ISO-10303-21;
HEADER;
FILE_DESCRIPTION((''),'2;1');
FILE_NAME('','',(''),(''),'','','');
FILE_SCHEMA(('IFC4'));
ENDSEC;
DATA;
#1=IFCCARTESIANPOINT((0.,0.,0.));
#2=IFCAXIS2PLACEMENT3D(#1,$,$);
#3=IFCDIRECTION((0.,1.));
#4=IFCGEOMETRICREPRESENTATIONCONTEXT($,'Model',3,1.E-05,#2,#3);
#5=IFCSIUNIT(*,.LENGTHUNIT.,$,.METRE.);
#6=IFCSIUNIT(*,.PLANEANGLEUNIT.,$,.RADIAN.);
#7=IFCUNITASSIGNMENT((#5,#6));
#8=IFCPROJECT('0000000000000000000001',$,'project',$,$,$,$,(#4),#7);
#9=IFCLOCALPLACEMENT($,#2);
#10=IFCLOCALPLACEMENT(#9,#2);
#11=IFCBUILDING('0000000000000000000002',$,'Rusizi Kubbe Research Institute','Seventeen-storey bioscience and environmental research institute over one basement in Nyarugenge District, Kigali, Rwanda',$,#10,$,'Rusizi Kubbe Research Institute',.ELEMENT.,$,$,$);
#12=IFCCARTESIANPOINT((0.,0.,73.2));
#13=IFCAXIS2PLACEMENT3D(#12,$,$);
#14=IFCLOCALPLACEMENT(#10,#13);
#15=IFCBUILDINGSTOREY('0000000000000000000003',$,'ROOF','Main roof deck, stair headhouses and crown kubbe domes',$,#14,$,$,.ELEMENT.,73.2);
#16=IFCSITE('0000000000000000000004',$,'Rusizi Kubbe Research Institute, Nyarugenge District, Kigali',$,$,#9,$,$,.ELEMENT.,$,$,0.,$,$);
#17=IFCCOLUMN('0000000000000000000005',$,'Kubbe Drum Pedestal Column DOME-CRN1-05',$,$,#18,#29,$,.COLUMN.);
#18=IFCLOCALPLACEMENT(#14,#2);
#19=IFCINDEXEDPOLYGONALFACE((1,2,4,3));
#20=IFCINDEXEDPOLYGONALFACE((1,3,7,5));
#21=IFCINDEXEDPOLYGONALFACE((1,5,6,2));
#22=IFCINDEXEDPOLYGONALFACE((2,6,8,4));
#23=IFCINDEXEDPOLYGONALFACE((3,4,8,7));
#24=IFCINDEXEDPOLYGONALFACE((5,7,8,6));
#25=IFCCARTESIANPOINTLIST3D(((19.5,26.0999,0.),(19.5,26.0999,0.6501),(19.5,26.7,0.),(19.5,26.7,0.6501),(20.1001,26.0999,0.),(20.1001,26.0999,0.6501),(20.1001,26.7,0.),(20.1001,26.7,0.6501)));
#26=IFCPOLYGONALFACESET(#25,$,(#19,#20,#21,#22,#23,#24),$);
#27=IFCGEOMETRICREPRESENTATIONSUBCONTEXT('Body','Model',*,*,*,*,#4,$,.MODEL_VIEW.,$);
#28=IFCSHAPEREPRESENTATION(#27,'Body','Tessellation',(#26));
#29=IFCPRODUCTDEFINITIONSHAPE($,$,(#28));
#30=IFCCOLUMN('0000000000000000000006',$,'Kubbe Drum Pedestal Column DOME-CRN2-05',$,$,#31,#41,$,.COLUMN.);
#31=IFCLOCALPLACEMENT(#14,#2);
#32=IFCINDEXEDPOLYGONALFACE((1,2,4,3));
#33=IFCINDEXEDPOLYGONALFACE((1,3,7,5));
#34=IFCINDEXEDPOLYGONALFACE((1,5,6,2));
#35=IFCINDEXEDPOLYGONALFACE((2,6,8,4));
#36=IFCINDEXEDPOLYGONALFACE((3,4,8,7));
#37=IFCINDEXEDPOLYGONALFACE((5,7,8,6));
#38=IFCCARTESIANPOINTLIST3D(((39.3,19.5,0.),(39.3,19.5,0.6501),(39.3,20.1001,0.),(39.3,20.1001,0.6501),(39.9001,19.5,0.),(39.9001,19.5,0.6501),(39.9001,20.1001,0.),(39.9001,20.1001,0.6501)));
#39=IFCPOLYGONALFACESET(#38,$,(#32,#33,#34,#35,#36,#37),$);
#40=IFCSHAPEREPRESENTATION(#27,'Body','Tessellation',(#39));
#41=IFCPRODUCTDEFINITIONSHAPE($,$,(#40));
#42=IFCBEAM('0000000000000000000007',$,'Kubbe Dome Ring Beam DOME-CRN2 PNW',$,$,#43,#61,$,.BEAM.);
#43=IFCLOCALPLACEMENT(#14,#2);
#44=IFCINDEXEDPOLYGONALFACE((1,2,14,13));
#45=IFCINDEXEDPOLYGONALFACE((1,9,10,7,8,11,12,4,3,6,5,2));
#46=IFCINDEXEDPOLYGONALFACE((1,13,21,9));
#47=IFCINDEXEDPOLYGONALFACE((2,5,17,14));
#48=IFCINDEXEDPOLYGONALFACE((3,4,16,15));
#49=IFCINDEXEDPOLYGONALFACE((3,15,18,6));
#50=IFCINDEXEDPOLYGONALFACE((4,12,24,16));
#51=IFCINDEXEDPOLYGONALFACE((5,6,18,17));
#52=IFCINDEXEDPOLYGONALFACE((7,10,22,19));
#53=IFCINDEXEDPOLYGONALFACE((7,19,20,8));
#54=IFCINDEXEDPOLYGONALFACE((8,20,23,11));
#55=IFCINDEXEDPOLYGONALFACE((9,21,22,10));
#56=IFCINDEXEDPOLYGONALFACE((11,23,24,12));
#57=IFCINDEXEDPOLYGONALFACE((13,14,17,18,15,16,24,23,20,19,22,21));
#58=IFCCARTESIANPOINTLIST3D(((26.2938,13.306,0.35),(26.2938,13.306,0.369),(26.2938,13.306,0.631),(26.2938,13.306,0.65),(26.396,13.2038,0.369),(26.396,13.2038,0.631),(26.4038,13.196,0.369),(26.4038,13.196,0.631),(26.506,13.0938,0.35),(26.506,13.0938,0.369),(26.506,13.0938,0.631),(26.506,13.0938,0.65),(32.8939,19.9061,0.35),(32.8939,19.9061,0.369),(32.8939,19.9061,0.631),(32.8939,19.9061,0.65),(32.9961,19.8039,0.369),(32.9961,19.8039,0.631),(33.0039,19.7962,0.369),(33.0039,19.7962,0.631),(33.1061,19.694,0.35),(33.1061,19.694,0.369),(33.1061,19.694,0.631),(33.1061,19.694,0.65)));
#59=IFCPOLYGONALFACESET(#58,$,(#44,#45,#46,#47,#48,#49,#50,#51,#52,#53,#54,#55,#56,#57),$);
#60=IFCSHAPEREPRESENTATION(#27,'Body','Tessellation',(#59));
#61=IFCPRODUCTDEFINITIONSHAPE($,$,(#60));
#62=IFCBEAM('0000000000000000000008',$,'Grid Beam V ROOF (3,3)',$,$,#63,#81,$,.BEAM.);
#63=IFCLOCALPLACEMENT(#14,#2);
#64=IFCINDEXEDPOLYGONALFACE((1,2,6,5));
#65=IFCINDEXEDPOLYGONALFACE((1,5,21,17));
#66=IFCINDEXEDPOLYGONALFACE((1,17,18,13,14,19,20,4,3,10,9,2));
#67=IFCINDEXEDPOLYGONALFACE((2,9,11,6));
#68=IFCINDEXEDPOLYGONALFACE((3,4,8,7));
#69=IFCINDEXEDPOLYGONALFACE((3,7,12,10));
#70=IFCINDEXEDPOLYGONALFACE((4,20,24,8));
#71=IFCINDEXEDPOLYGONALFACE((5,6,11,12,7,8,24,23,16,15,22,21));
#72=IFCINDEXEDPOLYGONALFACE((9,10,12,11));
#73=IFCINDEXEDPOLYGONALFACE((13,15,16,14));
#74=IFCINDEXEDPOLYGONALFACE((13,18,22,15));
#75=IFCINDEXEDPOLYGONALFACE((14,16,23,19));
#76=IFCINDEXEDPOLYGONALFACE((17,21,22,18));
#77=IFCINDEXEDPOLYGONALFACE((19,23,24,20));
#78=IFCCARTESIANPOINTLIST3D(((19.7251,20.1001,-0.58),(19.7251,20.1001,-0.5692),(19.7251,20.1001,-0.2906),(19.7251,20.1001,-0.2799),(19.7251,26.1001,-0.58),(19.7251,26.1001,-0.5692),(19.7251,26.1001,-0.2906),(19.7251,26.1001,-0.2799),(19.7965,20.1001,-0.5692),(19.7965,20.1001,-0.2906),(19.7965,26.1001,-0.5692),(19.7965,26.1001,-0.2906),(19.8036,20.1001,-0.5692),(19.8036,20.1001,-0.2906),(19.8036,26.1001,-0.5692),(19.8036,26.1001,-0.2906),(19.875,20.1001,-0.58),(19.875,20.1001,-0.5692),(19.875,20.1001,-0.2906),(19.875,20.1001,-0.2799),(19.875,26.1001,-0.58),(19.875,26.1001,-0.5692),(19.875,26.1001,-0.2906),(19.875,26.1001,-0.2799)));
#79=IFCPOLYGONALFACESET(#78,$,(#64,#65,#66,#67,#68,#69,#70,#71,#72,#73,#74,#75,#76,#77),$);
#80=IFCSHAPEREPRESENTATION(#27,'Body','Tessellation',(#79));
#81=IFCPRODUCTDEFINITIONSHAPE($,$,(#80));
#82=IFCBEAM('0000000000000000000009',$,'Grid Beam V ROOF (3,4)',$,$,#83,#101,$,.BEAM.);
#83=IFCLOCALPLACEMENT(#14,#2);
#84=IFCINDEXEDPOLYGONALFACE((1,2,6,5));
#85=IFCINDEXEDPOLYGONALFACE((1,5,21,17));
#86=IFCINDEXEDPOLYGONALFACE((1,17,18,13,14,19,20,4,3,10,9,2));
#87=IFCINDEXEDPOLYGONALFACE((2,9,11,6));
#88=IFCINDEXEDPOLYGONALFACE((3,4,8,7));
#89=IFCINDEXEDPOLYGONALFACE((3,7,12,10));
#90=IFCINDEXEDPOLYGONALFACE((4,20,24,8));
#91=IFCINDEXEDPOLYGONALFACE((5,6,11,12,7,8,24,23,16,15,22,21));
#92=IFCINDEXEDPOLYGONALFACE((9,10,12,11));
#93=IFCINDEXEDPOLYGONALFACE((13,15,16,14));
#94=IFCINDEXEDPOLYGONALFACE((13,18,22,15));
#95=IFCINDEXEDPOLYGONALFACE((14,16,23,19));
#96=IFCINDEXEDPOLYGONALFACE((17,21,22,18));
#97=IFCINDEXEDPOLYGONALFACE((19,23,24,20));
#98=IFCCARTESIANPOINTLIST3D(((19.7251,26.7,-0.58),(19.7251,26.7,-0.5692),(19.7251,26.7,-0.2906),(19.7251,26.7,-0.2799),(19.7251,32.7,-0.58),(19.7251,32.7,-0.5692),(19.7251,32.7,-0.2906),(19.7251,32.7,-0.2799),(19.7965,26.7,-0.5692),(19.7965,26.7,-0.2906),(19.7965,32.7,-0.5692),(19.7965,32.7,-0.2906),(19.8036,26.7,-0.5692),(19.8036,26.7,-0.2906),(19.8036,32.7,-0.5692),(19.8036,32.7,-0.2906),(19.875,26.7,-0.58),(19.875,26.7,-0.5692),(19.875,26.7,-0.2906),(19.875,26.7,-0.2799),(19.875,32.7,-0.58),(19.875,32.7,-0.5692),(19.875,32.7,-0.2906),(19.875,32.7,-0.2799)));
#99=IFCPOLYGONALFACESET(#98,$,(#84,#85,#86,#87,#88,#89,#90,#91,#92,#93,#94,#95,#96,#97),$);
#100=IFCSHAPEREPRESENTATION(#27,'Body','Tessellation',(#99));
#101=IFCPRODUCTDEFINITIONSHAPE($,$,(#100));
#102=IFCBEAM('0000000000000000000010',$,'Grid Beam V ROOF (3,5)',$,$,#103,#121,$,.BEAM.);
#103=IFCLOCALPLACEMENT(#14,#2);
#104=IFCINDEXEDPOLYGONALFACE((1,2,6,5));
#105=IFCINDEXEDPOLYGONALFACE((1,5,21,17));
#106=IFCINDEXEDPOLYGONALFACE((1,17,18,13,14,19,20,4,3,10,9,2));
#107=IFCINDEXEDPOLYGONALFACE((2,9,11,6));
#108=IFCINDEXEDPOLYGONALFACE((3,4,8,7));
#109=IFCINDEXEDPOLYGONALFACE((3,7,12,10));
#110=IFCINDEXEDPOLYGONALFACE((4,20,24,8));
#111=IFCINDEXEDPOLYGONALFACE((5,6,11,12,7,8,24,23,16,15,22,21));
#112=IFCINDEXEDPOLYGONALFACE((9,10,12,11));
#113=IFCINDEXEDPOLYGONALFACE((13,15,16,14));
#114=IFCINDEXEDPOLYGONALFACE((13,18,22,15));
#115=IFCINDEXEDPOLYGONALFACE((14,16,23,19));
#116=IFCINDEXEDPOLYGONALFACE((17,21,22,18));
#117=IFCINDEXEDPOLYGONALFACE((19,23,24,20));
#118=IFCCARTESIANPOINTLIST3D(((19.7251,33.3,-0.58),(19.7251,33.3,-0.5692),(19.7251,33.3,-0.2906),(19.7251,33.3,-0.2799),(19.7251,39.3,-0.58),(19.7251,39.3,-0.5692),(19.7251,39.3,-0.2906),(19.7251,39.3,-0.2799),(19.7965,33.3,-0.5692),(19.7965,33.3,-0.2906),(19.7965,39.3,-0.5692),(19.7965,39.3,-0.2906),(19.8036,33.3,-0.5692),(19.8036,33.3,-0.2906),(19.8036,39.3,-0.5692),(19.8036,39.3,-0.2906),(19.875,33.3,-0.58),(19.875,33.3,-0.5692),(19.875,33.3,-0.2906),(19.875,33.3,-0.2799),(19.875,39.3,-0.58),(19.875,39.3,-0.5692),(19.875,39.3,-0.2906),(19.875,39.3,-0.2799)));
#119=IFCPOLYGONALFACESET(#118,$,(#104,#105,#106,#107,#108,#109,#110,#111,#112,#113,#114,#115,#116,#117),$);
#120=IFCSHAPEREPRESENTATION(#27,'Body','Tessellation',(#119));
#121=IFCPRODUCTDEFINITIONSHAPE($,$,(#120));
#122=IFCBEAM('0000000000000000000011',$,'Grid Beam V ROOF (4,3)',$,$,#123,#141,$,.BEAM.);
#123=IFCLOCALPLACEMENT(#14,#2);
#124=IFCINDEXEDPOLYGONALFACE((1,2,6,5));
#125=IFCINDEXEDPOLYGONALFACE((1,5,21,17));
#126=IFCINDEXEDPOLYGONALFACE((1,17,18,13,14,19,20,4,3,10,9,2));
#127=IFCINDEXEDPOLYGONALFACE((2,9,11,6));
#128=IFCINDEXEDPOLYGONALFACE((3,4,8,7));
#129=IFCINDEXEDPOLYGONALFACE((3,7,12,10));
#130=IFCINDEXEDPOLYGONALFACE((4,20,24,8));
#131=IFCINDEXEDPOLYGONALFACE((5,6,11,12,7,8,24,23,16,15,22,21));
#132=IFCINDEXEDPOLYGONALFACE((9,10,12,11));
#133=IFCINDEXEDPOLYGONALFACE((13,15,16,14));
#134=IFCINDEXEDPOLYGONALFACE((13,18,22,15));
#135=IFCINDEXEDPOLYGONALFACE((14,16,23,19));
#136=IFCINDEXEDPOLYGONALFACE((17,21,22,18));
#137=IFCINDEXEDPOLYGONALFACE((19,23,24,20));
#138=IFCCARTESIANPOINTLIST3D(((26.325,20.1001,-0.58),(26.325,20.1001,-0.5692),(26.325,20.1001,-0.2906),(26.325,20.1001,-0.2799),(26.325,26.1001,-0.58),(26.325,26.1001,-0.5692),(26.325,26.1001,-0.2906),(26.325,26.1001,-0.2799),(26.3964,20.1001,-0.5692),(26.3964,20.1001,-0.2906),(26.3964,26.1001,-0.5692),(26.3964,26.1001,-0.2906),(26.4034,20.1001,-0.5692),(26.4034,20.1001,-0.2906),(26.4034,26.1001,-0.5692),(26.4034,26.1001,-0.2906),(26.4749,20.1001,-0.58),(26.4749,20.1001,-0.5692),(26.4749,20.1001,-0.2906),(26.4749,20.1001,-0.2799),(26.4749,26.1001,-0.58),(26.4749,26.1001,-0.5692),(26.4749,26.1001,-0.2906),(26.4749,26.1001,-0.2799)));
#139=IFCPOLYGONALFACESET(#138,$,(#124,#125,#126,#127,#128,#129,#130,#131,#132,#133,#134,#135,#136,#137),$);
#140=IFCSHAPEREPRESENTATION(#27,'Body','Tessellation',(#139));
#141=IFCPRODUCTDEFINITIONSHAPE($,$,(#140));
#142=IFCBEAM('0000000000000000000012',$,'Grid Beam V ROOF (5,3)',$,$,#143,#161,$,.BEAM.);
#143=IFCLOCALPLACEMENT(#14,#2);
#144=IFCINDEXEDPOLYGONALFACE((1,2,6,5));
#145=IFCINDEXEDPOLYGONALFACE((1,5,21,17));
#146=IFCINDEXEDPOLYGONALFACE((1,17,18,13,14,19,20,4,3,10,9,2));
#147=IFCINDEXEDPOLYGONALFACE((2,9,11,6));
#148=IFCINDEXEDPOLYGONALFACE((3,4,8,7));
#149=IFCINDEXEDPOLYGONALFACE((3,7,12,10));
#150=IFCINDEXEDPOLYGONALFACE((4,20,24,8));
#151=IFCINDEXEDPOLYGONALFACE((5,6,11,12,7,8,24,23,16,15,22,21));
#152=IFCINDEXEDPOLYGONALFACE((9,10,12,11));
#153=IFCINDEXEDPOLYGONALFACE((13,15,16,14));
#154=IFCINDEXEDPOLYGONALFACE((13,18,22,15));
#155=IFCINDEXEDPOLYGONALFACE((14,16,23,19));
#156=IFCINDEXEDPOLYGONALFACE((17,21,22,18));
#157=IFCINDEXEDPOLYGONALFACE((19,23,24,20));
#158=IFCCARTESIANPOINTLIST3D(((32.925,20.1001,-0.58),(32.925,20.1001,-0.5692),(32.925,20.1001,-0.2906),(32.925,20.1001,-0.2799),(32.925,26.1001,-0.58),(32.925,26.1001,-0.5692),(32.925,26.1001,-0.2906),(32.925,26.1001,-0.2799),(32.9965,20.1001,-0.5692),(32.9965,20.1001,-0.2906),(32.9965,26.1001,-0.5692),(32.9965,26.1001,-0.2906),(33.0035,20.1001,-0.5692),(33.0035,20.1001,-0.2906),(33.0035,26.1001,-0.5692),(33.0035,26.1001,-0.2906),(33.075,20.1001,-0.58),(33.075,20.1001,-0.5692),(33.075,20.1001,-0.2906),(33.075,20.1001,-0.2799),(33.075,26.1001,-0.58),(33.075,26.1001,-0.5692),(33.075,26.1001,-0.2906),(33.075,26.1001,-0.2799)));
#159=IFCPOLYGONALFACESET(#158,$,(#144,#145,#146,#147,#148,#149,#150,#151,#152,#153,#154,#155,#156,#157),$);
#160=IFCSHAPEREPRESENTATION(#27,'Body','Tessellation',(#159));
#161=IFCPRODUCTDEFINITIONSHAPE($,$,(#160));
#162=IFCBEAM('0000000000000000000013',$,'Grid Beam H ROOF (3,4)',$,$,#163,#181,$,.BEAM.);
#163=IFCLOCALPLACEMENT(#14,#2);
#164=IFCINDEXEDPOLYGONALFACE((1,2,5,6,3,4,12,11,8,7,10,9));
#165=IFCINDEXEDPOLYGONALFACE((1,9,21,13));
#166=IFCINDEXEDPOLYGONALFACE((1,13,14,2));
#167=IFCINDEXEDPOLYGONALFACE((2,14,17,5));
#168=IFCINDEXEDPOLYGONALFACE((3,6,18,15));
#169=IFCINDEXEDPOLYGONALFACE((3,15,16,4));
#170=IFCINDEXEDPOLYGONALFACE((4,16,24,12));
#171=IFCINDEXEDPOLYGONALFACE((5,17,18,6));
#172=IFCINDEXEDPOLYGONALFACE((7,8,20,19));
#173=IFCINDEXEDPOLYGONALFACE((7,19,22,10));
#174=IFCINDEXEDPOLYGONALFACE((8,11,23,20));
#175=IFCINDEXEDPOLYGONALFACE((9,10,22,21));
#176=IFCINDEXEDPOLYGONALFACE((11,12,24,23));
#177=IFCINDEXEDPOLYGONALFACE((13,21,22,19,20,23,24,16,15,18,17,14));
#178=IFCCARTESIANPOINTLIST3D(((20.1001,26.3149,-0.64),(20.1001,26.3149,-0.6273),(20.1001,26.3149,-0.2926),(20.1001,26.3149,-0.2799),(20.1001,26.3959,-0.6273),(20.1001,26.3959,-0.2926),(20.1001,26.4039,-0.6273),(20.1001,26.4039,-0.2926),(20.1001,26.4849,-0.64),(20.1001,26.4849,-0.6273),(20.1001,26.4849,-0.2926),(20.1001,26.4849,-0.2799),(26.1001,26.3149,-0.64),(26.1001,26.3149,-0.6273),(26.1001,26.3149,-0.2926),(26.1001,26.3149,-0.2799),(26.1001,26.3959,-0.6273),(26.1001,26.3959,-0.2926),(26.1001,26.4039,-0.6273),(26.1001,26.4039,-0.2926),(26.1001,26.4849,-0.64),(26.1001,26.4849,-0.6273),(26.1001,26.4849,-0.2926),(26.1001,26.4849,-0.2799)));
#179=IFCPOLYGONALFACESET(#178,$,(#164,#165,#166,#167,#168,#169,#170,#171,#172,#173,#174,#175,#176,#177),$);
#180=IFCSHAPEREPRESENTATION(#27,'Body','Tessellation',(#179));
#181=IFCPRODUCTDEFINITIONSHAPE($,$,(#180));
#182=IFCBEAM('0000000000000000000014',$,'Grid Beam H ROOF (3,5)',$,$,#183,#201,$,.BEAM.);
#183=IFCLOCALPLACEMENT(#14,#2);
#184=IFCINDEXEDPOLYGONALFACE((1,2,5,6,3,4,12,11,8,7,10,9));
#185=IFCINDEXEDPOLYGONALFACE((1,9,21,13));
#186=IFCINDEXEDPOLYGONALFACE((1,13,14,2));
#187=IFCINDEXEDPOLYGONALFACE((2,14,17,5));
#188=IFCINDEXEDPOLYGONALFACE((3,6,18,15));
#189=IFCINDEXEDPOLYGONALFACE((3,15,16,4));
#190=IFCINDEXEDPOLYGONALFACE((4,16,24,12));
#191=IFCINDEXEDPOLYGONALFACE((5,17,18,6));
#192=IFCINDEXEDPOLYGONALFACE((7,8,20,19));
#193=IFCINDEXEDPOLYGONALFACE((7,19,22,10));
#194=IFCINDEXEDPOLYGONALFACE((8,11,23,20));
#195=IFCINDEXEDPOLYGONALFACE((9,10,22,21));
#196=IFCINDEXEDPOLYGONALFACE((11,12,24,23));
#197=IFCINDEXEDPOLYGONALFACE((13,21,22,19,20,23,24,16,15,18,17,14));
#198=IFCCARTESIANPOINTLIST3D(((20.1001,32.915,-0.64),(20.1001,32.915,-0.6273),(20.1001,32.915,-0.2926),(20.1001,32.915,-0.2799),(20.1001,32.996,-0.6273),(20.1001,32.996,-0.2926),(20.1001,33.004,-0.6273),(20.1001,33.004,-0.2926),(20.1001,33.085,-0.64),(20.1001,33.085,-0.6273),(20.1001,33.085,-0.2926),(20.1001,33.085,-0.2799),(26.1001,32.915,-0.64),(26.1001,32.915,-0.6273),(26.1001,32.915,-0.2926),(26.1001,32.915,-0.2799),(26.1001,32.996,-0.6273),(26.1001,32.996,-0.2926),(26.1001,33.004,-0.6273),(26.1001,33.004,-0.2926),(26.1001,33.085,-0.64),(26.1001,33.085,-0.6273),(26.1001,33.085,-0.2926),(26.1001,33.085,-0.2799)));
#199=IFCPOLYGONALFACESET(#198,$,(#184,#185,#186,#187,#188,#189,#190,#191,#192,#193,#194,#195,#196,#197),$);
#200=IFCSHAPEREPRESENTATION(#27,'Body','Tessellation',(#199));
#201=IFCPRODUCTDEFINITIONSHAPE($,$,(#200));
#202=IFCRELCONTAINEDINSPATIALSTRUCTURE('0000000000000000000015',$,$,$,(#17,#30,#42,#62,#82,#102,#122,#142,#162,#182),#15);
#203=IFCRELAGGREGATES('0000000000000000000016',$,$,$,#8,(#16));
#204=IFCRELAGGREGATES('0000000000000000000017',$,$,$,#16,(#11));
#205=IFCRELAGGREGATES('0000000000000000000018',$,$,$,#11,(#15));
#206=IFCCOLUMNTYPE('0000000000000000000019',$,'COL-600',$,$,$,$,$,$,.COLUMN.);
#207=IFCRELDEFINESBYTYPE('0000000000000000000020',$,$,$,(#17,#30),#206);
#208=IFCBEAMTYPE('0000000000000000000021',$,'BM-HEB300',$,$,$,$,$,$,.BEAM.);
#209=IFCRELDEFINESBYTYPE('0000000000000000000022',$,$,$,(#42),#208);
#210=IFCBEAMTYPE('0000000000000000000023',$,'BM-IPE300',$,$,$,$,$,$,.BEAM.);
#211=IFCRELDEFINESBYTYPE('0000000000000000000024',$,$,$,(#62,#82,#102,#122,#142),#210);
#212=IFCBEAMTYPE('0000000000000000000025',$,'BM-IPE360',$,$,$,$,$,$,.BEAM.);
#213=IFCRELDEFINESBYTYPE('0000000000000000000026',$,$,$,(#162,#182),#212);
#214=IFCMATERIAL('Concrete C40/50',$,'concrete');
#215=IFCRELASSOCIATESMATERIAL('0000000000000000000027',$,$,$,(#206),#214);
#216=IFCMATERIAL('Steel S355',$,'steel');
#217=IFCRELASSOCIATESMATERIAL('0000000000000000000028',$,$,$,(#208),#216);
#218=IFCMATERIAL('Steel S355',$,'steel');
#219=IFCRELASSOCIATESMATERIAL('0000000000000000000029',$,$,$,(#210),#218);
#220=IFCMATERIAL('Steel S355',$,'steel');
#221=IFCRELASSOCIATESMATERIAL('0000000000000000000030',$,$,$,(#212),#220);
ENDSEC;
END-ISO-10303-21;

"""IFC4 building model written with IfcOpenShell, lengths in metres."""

from ifc_helpers import new_model, si_unit, direction, frame, origin, origin_2d, place, context, subcontext, project, spatial, rectangle, i_section, extrude, material, material_profile, profile_set, type_object, element, save


model = new_model("IFC4")

# Units and contexts
model_context = context("Model", 3, precision=1e-05, world=origin(), true_north=direction((0.0, 1.0)))
body_context = subcontext(model_context, "Body", "Model", "MODEL_VIEW")
ifc_project = project(units=[si_unit("LENGTHUNIT", "METRE"), si_unit("PLANEANGLEUNIT", "RADIAN")], contexts=[model_context])

# Site, building, storey
site_placement = place(None, origin())
site = spatial("IfcSite", under=ifc_project, at=site_placement, Name="Rusizi Kubbe Research Institute, Nyarugenge District, Kigali", CompositionType="ELEMENT", RefElevation=0.0)
building_placement = place(site_placement, origin())
building = spatial("IfcBuilding", under=site, at=building_placement, Name="Rusizi Kubbe Research Institute", Description="Seventeen-storey bioscience and environmental research institute over one basement in Nyarugenge District, Kigali, Rwanda", LongName="Rusizi Kubbe Research Institute", CompositionType="ELEMENT")
storey_placement = place(building_placement, frame((0.0, 0.0, 73.2)))
storey = spatial("IfcBuildingStorey", under=building, at=storey_placement, Name="ROOF", Description="Main roof deck, stair headhouses and crown kubbe domes", CompositionType="ELEMENT", Elevation=73.2)

# Columns
ifc_material_1 = material(Name="Concrete C40/50", Category="concrete")
ifc_material_profile_1 = material_profile(ifc_material_1, rectangle(XDim=0.6001, YDim=0.6001, at=origin_2d()), Name="RC600x600")
ifc_profile_set_1 = profile_set([ifc_material_profile_1], Name="Concrete C40/50")
column_type = type_object("IfcColumnType", Name="COL-600", PredefinedType="COLUMN", material=ifc_profile_set_1)
for number, where, z_axis, x_axis, name in (
    (1, (19.8, 26.3999, 0.0), (0.0, 0.0, 1.0), (1.0, 0.0, 0.0), "Kubbe Drum Pedestal Column DOME-CRN1-05"),
    (2, (39.6001, 19.8, 0.0), (0.0, 0.0, 1.0), (1.0, 0.0, 0.0), "Kubbe Drum Pedestal Column DOME-CRN2-05"),
):
    element("IfcColumn", number, at=place(storey_placement, frame(where, z_axis=z_axis, x_axis=x_axis)), inside=storey, type_object=column_type, Name=name, PredefinedType="COLUMN", context=body_context, shape_type="SweptSolid", body=[
        extrude(rectangle(XDim=0.6001, YDim=0.6001, at=origin_2d()), origin(), (0.0, 0.0, 1.0), 0.6501),
    ])

# Beams
ifc_material_2 = material(Name="Steel S355", Category="steel")
ifc_material_profile_2 = material_profile(ifc_material_2, i_section(OverallWidth=0.3, OverallDepth=0.3, WebThickness=0.011, FlangeThickness=0.019, at=origin_2d()), Name="HEB 300")
ifc_profile_set_2 = profile_set([ifc_material_profile_2], Name="Steel S355")
beam_type_1 = type_object("IfcBeamType", Name="BM-HEB300", PredefinedType="BEAM", material=ifc_profile_set_2)
beam_placement = place(storey_placement, frame((33.0, 19.8, 0.5), z_axis=(-0.707107, -0.707107, 0.0), x_axis=(0.707107, -0.707107, 0.0)))
element("IfcBeam", 3, at=beam_placement, inside=storey, type_object=beam_type_1, Name="Kubbe Dome Ring Beam DOME-CRN2 PNW", PredefinedType="BEAM", context=body_context, shape_type="SweptSolid", body=[
    extrude(i_section(OverallWidth=0.3, OverallDepth=0.3, WebThickness=0.011, FlangeThickness=0.019, at=origin_2d()), origin(), (0.0, 0.0, 1.0), 9.334),
])
ifc_material_3 = material(Name="Steel S355", Category="steel")
ifc_material_profile_3 = material_profile(ifc_material_3, i_section(OverallWidth=0.1499, OverallDepth=0.3, WebThickness=0.0071, FlangeThickness=0.0107, at=origin_2d()), Name="IPE 300")
ifc_profile_set_3 = profile_set([ifc_material_profile_3], Name="Steel S355")
beam_type_2 = type_object("IfcBeamType", Name="BM-IPE300", PredefinedType="BEAM", material=ifc_profile_set_3)
for number, where, z_axis, x_axis, name in (
    (4, (19.8, 20.1001, -0.4299), (0.0, 1.0, 0.0), (-1.0, 0.0, 0.0), "Grid Beam V ROOF (3,3)"),
    (5, (19.8, 26.7, -0.4299), (0.0, 1.0, 0.0), (-1.0, 0.0, 0.0), "Grid Beam V ROOF (3,4)"),
    (6, (19.8, 33.3, -0.4299), (0.0, 1.0, 0.0), (-1.0, 0.0, 0.0), "Grid Beam V ROOF (3,5)"),
    (7, (26.3999, 20.1001, -0.4299), (0.0, 1.0, 0.0), (-1.0, 0.0, 0.0), "Grid Beam V ROOF (4,3)"),
    (8, (33.0, 20.1001, -0.4299), (0.0, 1.0, 0.0), (-1.0, 0.0, 0.0), "Grid Beam V ROOF (5,3)"),
):
    element("IfcBeam", number, at=place(storey_placement, frame(where, z_axis=z_axis, x_axis=x_axis)), inside=storey, type_object=beam_type_2, Name=name, PredefinedType="BEAM", context=body_context, shape_type="SweptSolid", body=[
        extrude(i_section(OverallWidth=0.1499, OverallDepth=0.3, WebThickness=0.0071, FlangeThickness=0.0107, at=origin_2d()), origin(), (0.0, 0.0, 1.0), 6.0),
    ])
ifc_material_4 = material(Name="Steel S355", Category="steel")
ifc_material_profile_4 = material_profile(ifc_material_4, i_section(OverallWidth=0.1699, OverallDepth=0.3601, WebThickness=0.0081, FlangeThickness=0.0127, at=origin_2d()), Name="IPE 360")
ifc_profile_set_4 = profile_set([ifc_material_profile_4], Name="Steel S355")
beam_type_3 = type_object("IfcBeamType", Name="BM-IPE360", PredefinedType="BEAM", material=ifc_profile_set_4)
for number, where, z_axis, x_axis, name in (
    (9, (20.1001, 26.3999, -0.46), (1.0, 0.0, 0.0), (0.0, 1.0, 0.0), "Grid Beam H ROOF (3,4)"),
    (10, (20.1001, 33.0, -0.46), (1.0, 0.0, 0.0), (0.0, 1.0, 0.0), "Grid Beam H ROOF (3,5)"),
):
    element("IfcBeam", number, at=place(storey_placement, frame(where, z_axis=z_axis, x_axis=x_axis)), inside=storey, type_object=beam_type_3, Name=name, PredefinedType="BEAM", context=body_context, shape_type="SweptSolid", body=[
        extrude(i_section(OverallWidth=0.1699, OverallDepth=0.3601, WebThickness=0.0081, FlangeThickness=0.0127, at=origin_2d()), origin(), (0.0, 0.0, 1.0), 6.0),
    ])

save(model, "model.ifc")
